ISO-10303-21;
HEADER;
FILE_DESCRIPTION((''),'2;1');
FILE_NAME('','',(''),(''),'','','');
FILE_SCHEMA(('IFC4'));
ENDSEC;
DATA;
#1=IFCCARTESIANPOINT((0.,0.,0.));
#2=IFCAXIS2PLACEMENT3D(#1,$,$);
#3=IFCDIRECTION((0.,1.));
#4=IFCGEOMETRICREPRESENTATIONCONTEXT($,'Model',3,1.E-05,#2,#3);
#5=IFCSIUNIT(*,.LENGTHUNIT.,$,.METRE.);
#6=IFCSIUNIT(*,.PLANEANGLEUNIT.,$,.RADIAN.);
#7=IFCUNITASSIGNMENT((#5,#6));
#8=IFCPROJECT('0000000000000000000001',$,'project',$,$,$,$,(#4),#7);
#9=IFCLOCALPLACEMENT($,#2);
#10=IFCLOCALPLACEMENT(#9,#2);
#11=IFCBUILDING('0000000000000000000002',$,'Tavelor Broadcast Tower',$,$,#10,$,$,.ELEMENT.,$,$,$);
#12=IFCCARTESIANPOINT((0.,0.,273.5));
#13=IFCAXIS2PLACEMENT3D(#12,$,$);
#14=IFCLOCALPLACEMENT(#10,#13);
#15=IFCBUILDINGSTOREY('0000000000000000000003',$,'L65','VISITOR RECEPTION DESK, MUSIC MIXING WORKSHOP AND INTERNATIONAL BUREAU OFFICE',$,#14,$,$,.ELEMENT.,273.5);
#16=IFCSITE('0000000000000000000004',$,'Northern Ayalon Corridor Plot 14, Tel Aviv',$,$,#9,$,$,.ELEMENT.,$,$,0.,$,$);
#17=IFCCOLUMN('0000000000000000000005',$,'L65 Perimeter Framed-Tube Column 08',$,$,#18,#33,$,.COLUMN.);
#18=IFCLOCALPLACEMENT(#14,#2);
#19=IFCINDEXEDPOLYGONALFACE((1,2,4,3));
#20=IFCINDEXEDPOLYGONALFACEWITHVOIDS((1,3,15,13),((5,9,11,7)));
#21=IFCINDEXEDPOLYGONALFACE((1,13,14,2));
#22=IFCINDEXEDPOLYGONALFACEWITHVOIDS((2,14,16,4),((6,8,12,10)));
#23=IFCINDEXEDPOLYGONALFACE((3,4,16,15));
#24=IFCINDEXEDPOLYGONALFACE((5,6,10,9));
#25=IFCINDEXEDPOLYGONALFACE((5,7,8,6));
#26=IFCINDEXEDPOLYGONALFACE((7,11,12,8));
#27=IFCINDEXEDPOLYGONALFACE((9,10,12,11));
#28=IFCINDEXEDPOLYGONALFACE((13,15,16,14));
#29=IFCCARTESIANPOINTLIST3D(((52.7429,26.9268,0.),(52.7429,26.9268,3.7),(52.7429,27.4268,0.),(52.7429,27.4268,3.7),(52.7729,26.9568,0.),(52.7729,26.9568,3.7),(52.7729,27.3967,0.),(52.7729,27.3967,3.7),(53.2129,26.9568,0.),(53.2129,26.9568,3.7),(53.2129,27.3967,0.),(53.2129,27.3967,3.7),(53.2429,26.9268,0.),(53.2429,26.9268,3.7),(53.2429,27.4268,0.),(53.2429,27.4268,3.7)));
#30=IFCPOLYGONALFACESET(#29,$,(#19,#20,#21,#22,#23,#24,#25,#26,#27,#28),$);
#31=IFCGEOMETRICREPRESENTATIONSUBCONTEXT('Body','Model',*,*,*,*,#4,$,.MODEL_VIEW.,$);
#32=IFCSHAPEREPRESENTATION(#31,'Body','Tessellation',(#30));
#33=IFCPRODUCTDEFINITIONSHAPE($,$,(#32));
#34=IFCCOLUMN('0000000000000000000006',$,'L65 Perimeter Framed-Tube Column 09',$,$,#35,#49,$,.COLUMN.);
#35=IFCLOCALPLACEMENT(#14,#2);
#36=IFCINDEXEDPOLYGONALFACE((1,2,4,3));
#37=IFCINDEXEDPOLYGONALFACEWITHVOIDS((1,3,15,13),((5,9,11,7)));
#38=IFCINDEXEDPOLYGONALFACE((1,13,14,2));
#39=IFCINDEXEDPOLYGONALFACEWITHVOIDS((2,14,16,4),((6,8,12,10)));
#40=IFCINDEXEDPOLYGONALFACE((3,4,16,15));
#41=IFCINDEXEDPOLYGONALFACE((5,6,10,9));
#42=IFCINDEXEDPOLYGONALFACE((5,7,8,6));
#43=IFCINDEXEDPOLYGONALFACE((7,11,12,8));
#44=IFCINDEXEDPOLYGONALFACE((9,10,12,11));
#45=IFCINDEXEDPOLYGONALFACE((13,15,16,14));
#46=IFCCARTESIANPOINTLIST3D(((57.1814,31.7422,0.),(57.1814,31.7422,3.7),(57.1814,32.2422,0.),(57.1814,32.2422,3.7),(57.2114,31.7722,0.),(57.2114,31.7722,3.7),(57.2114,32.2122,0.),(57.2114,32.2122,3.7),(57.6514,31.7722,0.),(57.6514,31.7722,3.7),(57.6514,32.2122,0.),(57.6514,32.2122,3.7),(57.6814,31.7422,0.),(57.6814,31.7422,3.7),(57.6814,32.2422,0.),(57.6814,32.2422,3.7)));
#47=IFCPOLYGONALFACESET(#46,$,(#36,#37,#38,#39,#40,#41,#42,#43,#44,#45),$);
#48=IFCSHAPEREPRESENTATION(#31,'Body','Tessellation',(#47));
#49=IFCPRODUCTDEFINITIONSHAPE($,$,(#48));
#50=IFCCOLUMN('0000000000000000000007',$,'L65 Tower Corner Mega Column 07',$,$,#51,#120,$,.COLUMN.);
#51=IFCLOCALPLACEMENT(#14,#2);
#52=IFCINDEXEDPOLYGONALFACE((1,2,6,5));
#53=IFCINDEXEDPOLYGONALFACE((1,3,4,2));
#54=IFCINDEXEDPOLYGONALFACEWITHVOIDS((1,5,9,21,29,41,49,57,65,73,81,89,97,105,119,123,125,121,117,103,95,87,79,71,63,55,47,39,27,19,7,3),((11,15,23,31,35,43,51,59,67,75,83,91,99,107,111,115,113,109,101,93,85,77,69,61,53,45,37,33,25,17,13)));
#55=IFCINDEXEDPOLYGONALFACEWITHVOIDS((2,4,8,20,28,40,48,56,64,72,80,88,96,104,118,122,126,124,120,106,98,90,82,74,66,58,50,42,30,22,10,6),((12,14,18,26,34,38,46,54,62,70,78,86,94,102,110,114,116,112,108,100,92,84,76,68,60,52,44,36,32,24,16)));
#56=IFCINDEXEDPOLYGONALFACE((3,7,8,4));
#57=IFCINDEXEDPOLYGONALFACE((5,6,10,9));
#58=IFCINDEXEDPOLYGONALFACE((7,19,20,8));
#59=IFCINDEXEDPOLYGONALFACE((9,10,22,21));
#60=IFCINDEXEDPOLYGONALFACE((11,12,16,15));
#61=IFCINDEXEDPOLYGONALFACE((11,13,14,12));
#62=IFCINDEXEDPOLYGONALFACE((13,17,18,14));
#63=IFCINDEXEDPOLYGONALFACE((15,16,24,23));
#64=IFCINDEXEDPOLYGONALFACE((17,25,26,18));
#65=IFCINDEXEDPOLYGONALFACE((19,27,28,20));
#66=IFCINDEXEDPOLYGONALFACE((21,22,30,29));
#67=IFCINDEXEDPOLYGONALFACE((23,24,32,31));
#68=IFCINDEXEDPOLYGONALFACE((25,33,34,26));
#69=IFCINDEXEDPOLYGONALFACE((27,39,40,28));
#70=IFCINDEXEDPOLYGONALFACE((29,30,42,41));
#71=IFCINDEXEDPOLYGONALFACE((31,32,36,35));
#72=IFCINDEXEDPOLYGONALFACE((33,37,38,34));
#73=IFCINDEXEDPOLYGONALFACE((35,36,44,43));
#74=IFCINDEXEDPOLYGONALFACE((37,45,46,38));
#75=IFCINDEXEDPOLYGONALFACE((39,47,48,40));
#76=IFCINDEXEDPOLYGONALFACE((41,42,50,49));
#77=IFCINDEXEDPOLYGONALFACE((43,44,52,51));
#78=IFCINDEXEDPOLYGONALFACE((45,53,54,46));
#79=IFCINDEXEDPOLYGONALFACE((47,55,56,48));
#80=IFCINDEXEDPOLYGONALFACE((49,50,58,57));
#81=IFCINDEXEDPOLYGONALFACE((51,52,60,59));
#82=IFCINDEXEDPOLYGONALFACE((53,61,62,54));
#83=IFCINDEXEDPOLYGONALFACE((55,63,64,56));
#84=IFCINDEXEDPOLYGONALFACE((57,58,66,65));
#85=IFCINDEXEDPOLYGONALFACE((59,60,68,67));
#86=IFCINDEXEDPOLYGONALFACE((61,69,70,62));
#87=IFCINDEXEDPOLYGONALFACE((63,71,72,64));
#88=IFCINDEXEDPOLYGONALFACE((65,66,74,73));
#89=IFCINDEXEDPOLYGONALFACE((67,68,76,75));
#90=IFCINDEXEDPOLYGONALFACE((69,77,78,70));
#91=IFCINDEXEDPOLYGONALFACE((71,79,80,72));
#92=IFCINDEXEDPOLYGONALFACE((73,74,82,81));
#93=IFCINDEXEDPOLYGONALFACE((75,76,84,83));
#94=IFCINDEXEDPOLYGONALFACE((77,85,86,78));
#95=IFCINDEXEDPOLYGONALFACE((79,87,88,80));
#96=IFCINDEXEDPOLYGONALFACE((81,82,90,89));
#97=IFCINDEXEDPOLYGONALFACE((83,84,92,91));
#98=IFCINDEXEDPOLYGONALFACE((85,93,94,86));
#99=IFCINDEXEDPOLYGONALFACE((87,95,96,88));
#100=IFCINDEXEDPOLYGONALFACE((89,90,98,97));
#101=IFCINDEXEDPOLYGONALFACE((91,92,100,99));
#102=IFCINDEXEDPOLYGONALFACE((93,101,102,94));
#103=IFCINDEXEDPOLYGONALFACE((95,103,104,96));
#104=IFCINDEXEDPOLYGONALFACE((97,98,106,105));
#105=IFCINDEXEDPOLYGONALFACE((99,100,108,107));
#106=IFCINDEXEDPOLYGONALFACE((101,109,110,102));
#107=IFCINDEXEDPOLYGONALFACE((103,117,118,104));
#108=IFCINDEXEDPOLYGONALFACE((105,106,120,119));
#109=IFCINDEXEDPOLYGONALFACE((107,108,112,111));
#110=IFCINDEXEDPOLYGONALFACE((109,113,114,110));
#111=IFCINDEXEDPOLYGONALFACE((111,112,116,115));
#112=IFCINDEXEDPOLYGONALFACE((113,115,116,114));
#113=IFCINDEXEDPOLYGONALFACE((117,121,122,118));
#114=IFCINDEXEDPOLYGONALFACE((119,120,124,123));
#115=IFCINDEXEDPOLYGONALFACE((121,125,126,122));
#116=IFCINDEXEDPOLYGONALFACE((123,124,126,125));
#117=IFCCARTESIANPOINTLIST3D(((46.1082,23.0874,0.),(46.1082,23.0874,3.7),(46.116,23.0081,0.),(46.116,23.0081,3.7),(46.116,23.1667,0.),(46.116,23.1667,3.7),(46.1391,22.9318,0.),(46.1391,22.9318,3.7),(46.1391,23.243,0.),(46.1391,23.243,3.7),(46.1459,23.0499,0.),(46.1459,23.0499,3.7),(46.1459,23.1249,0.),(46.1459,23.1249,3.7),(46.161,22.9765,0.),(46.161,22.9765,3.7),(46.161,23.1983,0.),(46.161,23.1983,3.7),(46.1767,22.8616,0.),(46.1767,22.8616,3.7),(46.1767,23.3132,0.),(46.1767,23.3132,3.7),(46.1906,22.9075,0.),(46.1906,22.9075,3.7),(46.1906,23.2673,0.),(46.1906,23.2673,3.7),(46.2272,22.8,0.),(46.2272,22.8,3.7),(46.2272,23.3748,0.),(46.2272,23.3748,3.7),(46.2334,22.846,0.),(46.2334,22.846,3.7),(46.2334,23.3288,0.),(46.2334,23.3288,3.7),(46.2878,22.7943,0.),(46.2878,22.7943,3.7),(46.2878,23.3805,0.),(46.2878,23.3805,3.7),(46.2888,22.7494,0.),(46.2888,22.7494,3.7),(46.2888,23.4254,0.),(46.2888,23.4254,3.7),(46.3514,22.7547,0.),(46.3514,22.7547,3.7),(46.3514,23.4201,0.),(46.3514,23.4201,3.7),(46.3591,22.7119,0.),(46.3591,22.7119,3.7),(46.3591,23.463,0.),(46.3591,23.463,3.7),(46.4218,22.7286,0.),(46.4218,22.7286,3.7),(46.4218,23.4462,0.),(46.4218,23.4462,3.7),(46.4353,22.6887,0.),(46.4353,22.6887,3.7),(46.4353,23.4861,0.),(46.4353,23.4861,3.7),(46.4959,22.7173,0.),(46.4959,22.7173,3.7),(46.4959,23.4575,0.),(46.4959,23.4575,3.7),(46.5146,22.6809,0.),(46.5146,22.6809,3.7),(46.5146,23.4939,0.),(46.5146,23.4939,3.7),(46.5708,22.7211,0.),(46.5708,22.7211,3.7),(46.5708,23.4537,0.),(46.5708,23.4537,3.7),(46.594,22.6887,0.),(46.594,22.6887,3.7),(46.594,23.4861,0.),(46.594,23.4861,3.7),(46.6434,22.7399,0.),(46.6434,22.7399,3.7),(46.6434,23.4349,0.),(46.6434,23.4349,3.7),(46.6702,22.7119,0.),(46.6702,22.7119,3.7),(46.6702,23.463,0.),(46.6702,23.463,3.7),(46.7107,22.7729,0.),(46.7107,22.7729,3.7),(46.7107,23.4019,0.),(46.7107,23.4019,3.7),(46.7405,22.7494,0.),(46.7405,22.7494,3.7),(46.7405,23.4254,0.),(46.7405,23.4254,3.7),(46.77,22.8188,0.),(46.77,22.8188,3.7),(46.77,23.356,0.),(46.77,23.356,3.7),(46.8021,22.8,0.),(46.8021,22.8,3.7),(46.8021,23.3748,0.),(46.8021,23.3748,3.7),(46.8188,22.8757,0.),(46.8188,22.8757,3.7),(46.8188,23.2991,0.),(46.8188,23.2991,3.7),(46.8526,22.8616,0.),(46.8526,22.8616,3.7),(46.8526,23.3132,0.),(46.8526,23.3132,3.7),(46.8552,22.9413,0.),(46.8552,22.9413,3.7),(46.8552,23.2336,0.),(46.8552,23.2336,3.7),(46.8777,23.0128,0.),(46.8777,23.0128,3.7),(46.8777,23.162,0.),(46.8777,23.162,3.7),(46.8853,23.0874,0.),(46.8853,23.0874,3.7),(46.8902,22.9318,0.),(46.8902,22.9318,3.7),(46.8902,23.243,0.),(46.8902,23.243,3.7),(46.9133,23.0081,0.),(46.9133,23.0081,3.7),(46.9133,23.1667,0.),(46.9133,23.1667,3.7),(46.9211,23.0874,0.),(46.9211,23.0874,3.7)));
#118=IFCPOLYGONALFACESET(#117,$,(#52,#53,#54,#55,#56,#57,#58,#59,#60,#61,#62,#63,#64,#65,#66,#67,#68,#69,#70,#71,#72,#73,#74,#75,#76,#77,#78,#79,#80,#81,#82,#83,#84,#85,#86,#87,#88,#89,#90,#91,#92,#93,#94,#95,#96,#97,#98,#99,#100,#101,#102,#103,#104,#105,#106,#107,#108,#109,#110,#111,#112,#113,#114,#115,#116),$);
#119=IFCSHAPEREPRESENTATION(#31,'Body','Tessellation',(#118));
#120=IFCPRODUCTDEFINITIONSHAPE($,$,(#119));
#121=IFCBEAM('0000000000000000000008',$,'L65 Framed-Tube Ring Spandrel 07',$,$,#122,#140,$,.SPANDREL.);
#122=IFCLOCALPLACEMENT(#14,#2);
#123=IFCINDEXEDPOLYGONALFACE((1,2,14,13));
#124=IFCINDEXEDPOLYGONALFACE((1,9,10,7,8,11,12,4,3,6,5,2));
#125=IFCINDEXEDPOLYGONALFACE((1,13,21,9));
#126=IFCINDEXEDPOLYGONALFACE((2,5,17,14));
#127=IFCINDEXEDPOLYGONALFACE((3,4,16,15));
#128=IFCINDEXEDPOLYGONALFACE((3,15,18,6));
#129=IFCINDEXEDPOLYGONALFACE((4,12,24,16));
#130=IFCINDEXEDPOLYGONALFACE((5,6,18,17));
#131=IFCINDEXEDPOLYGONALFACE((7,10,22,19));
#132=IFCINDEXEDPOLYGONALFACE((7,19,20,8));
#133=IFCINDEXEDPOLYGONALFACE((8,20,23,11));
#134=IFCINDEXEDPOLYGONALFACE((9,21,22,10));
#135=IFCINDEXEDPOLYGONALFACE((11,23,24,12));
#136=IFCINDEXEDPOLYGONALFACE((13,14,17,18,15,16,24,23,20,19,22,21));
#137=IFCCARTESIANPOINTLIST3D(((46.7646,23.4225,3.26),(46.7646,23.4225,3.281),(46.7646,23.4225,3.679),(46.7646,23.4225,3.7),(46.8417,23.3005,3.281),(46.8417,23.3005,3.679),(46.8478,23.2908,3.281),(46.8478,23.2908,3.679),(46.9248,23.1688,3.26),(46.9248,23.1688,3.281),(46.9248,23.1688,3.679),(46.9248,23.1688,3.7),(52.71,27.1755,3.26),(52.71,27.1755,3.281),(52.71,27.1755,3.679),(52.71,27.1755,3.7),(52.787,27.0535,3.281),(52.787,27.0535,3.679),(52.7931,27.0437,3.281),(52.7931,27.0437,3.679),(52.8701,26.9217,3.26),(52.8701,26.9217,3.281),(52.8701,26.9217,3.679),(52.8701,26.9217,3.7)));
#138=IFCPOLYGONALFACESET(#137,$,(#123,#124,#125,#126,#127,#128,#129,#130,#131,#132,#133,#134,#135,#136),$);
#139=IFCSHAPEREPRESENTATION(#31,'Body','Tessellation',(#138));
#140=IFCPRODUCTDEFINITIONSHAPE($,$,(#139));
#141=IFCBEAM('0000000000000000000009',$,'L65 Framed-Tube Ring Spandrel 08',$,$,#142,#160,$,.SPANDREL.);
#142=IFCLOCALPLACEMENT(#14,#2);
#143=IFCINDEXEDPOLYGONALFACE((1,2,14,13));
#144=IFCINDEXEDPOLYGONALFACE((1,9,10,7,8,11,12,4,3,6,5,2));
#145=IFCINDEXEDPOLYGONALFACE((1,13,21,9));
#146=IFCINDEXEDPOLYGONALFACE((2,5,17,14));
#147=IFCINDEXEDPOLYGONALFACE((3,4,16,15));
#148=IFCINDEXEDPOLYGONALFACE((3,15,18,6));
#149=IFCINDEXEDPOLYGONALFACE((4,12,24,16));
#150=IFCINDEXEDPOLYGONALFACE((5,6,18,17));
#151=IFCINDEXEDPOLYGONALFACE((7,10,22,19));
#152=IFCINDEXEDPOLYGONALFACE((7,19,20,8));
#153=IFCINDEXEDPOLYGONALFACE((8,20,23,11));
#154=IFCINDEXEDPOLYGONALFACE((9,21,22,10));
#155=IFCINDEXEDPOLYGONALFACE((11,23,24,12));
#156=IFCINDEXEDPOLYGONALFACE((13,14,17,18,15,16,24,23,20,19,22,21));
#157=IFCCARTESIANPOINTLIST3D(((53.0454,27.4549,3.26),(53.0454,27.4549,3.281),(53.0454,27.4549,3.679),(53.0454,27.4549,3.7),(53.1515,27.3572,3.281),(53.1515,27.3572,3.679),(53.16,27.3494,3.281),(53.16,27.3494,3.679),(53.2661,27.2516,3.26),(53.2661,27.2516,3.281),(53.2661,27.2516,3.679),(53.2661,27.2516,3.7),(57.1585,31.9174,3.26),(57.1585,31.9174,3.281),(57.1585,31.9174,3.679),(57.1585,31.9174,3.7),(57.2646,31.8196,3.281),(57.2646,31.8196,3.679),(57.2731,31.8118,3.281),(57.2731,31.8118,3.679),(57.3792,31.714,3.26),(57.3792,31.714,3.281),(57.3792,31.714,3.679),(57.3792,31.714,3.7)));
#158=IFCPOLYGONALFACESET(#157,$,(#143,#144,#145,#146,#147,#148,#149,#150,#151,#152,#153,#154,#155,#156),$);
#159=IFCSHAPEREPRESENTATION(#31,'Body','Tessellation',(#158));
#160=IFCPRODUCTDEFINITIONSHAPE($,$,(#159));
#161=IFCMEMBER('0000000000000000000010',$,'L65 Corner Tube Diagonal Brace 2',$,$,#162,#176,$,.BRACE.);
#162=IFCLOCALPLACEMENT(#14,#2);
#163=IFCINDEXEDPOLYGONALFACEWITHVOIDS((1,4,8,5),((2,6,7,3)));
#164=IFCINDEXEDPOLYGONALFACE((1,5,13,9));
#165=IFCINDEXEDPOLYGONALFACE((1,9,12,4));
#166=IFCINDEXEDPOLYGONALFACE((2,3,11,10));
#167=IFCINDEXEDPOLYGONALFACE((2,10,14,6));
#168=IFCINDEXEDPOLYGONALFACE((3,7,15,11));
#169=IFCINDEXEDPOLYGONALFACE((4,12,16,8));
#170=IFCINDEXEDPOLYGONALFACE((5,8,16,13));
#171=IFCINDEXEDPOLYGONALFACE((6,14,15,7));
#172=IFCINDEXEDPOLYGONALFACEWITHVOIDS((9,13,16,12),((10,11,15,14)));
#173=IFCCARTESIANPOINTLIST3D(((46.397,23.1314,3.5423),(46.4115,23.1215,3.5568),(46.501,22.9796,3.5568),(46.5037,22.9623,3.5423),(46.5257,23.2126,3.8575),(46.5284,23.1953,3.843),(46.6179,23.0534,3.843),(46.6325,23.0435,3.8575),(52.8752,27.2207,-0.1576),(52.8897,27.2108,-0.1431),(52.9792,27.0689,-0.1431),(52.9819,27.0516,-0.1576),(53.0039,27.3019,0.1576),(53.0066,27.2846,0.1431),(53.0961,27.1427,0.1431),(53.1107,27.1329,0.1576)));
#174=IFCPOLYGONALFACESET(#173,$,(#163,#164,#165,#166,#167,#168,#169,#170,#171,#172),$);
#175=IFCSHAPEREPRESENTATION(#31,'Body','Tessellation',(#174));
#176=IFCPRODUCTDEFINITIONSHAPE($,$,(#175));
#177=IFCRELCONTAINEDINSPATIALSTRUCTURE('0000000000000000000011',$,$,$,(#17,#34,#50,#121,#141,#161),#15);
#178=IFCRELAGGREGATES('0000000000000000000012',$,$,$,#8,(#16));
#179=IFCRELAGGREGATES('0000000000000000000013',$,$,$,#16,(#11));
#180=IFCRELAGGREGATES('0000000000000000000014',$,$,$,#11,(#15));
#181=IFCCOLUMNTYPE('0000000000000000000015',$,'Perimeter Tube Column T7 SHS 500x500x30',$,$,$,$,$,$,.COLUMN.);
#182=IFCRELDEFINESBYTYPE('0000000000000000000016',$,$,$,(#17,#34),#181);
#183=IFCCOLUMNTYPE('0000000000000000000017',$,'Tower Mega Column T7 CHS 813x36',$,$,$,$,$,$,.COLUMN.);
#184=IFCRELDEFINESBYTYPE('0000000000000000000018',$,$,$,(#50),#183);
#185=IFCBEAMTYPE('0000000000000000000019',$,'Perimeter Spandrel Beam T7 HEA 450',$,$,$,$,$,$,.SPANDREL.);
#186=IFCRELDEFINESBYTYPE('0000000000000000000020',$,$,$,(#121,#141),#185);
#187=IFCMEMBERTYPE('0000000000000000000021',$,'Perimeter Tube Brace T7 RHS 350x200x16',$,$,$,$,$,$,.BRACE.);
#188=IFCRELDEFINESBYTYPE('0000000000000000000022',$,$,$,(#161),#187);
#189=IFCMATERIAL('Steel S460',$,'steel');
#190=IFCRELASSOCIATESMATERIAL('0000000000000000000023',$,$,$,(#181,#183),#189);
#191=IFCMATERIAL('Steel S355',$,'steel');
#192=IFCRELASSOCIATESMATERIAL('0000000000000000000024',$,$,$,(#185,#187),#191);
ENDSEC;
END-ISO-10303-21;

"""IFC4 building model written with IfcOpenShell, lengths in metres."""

from ifc_helpers import new_model, si_unit, direction, frame, origin, origin_2d, place, context, subcontext, project, spatial, hollow_rectangle, hollow_circle, i_section, extrude, material, material_profile, profile_set, type_object, element, save


model = new_model("IFC4")

# Units and contexts
model_context = context("Model", 3, precision=1e-05, world=origin(), true_north=direction((0.0, 1.0)))
body_context = subcontext(model_context, "Body", "Model", "MODEL_VIEW")
ifc_project = project(units=[si_unit("LENGTHUNIT", "METRE"), si_unit("PLANEANGLEUNIT", "RADIAN")], contexts=[model_context])

# Site, building, storey
site_placement = place(None, origin())
site = spatial("IfcSite", under=ifc_project, at=site_placement, Name="Northern Ayalon Corridor Plot 14, Tel Aviv", CompositionType="ELEMENT", RefElevation=0.0)
building_placement = place(site_placement, origin())
building = spatial("IfcBuilding", under=site, at=building_placement, Name="Tavelor Broadcast Tower", CompositionType="ELEMENT")
storey_placement = place(building_placement, frame((0.0, 0.0, 273.5)))
storey = spatial("IfcBuildingStorey", under=building, at=storey_placement, Name="L65", Description="VISITOR RECEPTION DESK, MUSIC MIXING WORKSHOP AND INTERNATIONAL BUREAU OFFICE", CompositionType="ELEMENT", Elevation=273.5)

# Columns
ifc_material_1 = material(Name="Steel S460", Category="steel")
ifc_material_profile_1 = material_profile(ifc_material_1, hollow_rectangle(XDim=0.5, YDim=0.5, WallThickness=0.03, at=origin_2d()), Name="SHS 500x500x30")
ifc_profile_set_1 = profile_set([ifc_material_profile_1], Name="Steel S460")
column_type_1 = type_object("IfcColumnType", Name="Perimeter Tube Column T7 SHS 500x500x30", PredefinedType="COLUMN", material=ifc_profile_set_1)
for number, where, z_axis, x_axis, name in (
    (1, (52.9929, 27.1768, 0.0), (0.0, 0.0, 1.0), (1.0, 0.0, 0.0), "L65 Perimeter Framed-Tube Column 08"),
    (2, (57.4314, 31.9922, 0.0), (0.0, 0.0, 1.0), (1.0, 0.0, 0.0), "L65 Perimeter Framed-Tube Column 09"),
):
    element("IfcColumn", number, at=place(storey_placement, frame(where, z_axis=z_axis, x_axis=x_axis)), inside=storey, type_object=column_type_1, Name=name, PredefinedType="COLUMN", context=body_context, shape_type="SweptSolid", body=[
        extrude(hollow_rectangle(XDim=0.5, YDim=0.5, WallThickness=0.03, at=origin_2d()), origin(), (0.0, 0.0, 1.0), 3.7),
    ])
ifc_material_profile_2 = material_profile(ifc_material_1, hollow_circle(Radius=0.4065, WallThickness=0.0359, at=origin_2d()), Name="CHS 813x36")
ifc_profile_set_2 = profile_set([ifc_material_profile_2], Name="Steel S460")
column_type_2 = type_object("IfcColumnType", Name="Tower Mega Column T7 CHS 813x36", PredefinedType="COLUMN", material=ifc_profile_set_2)
column_placement = place(storey_placement, frame((46.5146, 23.0874, 0.0), z_axis=(0.0, 0.0, 1.0), x_axis=(1.0, 0.0, 0.0)))
element("IfcColumn", 3, at=column_placement, inside=storey, type_object=column_type_2, Name="L65 Tower Corner Mega Column 07", PredefinedType="COLUMN", context=body_context, shape_type="SweptSolid", body=[
    extrude(hollow_circle(Radius=0.4065, WallThickness=0.0359, at=origin_2d()), origin(), (0.0, 0.0, 1.0), 3.7),
])

# Beams
ifc_material_2 = material(Name="Steel S355", Category="steel")
ifc_material_profile_3 = material_profile(ifc_material_2, i_section(OverallWidth=0.3, OverallDepth=0.4399, WebThickness=0.0115, FlangeThickness=0.021, at=origin_2d()), Name="HEA 450")
ifc_profile_set_3 = profile_set([ifc_material_profile_3], Name="Steel S355")
beam_type_1 = type_object("IfcBeamType", Name="Perimeter Spandrel Beam T7 HEA 450", PredefinedType="SPANDREL", material=ifc_profile_set_3)
beam_1_placement = place(storey_placement, frame((46.8447, 23.2957, 3.48), z_axis=(0.845618, 0.533789, 0.0), x_axis=(-0.533789, 0.845618, 0.0)))
element("IfcBeam", 4, at=beam_1_placement, inside=storey, type_object=beam_type_1, Name="L65 Framed-Tube Ring Spandrel 07", PredefinedType="SPANDREL", context=body_context, shape_type="SweptSolid", body=[
    extrude(i_section(OverallWidth=0.3, OverallDepth=0.4399, WebThickness=0.0115, FlangeThickness=0.021, at=origin_2d()), origin(), (0.0, 0.0, 1.0), 7.0308),
])
beam_2_placement = place(storey_placement, frame((53.1558, 27.3533, 3.48), z_axis=(0.677737, 0.735304, 0.0), x_axis=(-0.735304, 0.677737, 0.0)))
element("IfcBeam", 5, at=beam_2_placement, inside=storey, type_object=beam_type_1, Name="L65 Framed-Tube Ring Spandrel 08", PredefinedType="SPANDREL", context=body_context, shape_type="SweptSolid", body=[
    extrude(i_section(OverallWidth=0.3, OverallDepth=0.4399, WebThickness=0.0115, FlangeThickness=0.021, at=origin_2d()), origin(), (0.0, 0.0, 1.0), 6.0688),
])

# Member
ifc_material_profile_4 = material_profile(ifc_material_2, hollow_rectangle(XDim=0.2, YDim=0.3501, WallThickness=0.0161, at=origin_2d()), Name="RHS 350x200x16")
ifc_profile_set_4 = profile_set([ifc_material_profile_4], Name="Steel S355")
member_type = type_object("IfcMemberType", Name="Perimeter Tube Brace T7 RHS 350x200x16", PredefinedType="BRACE", material=ifc_profile_set_4)
member_placement = place(storey_placement, frame((52.9929, 27.1768, 0.0), z_axis=(-0.761462, -0.480667, 0.434896), x_axis=(0.533789, -0.845618, 0.0)))
element("IfcMember", 6, at=member_placement, inside=storey, type_object=member_type, Name="L65 Corner Tube Diagonal Brace 2", PredefinedType="BRACE", context=body_context, shape_type="SweptSolid", body=[
    extrude(hollow_rectangle(XDim=0.2, YDim=0.3501, WallThickness=0.0161, at=origin_2d()), origin(), (0.0, 0.0, 1.0), 8.5076),
])

save(model, "model.ifc")
